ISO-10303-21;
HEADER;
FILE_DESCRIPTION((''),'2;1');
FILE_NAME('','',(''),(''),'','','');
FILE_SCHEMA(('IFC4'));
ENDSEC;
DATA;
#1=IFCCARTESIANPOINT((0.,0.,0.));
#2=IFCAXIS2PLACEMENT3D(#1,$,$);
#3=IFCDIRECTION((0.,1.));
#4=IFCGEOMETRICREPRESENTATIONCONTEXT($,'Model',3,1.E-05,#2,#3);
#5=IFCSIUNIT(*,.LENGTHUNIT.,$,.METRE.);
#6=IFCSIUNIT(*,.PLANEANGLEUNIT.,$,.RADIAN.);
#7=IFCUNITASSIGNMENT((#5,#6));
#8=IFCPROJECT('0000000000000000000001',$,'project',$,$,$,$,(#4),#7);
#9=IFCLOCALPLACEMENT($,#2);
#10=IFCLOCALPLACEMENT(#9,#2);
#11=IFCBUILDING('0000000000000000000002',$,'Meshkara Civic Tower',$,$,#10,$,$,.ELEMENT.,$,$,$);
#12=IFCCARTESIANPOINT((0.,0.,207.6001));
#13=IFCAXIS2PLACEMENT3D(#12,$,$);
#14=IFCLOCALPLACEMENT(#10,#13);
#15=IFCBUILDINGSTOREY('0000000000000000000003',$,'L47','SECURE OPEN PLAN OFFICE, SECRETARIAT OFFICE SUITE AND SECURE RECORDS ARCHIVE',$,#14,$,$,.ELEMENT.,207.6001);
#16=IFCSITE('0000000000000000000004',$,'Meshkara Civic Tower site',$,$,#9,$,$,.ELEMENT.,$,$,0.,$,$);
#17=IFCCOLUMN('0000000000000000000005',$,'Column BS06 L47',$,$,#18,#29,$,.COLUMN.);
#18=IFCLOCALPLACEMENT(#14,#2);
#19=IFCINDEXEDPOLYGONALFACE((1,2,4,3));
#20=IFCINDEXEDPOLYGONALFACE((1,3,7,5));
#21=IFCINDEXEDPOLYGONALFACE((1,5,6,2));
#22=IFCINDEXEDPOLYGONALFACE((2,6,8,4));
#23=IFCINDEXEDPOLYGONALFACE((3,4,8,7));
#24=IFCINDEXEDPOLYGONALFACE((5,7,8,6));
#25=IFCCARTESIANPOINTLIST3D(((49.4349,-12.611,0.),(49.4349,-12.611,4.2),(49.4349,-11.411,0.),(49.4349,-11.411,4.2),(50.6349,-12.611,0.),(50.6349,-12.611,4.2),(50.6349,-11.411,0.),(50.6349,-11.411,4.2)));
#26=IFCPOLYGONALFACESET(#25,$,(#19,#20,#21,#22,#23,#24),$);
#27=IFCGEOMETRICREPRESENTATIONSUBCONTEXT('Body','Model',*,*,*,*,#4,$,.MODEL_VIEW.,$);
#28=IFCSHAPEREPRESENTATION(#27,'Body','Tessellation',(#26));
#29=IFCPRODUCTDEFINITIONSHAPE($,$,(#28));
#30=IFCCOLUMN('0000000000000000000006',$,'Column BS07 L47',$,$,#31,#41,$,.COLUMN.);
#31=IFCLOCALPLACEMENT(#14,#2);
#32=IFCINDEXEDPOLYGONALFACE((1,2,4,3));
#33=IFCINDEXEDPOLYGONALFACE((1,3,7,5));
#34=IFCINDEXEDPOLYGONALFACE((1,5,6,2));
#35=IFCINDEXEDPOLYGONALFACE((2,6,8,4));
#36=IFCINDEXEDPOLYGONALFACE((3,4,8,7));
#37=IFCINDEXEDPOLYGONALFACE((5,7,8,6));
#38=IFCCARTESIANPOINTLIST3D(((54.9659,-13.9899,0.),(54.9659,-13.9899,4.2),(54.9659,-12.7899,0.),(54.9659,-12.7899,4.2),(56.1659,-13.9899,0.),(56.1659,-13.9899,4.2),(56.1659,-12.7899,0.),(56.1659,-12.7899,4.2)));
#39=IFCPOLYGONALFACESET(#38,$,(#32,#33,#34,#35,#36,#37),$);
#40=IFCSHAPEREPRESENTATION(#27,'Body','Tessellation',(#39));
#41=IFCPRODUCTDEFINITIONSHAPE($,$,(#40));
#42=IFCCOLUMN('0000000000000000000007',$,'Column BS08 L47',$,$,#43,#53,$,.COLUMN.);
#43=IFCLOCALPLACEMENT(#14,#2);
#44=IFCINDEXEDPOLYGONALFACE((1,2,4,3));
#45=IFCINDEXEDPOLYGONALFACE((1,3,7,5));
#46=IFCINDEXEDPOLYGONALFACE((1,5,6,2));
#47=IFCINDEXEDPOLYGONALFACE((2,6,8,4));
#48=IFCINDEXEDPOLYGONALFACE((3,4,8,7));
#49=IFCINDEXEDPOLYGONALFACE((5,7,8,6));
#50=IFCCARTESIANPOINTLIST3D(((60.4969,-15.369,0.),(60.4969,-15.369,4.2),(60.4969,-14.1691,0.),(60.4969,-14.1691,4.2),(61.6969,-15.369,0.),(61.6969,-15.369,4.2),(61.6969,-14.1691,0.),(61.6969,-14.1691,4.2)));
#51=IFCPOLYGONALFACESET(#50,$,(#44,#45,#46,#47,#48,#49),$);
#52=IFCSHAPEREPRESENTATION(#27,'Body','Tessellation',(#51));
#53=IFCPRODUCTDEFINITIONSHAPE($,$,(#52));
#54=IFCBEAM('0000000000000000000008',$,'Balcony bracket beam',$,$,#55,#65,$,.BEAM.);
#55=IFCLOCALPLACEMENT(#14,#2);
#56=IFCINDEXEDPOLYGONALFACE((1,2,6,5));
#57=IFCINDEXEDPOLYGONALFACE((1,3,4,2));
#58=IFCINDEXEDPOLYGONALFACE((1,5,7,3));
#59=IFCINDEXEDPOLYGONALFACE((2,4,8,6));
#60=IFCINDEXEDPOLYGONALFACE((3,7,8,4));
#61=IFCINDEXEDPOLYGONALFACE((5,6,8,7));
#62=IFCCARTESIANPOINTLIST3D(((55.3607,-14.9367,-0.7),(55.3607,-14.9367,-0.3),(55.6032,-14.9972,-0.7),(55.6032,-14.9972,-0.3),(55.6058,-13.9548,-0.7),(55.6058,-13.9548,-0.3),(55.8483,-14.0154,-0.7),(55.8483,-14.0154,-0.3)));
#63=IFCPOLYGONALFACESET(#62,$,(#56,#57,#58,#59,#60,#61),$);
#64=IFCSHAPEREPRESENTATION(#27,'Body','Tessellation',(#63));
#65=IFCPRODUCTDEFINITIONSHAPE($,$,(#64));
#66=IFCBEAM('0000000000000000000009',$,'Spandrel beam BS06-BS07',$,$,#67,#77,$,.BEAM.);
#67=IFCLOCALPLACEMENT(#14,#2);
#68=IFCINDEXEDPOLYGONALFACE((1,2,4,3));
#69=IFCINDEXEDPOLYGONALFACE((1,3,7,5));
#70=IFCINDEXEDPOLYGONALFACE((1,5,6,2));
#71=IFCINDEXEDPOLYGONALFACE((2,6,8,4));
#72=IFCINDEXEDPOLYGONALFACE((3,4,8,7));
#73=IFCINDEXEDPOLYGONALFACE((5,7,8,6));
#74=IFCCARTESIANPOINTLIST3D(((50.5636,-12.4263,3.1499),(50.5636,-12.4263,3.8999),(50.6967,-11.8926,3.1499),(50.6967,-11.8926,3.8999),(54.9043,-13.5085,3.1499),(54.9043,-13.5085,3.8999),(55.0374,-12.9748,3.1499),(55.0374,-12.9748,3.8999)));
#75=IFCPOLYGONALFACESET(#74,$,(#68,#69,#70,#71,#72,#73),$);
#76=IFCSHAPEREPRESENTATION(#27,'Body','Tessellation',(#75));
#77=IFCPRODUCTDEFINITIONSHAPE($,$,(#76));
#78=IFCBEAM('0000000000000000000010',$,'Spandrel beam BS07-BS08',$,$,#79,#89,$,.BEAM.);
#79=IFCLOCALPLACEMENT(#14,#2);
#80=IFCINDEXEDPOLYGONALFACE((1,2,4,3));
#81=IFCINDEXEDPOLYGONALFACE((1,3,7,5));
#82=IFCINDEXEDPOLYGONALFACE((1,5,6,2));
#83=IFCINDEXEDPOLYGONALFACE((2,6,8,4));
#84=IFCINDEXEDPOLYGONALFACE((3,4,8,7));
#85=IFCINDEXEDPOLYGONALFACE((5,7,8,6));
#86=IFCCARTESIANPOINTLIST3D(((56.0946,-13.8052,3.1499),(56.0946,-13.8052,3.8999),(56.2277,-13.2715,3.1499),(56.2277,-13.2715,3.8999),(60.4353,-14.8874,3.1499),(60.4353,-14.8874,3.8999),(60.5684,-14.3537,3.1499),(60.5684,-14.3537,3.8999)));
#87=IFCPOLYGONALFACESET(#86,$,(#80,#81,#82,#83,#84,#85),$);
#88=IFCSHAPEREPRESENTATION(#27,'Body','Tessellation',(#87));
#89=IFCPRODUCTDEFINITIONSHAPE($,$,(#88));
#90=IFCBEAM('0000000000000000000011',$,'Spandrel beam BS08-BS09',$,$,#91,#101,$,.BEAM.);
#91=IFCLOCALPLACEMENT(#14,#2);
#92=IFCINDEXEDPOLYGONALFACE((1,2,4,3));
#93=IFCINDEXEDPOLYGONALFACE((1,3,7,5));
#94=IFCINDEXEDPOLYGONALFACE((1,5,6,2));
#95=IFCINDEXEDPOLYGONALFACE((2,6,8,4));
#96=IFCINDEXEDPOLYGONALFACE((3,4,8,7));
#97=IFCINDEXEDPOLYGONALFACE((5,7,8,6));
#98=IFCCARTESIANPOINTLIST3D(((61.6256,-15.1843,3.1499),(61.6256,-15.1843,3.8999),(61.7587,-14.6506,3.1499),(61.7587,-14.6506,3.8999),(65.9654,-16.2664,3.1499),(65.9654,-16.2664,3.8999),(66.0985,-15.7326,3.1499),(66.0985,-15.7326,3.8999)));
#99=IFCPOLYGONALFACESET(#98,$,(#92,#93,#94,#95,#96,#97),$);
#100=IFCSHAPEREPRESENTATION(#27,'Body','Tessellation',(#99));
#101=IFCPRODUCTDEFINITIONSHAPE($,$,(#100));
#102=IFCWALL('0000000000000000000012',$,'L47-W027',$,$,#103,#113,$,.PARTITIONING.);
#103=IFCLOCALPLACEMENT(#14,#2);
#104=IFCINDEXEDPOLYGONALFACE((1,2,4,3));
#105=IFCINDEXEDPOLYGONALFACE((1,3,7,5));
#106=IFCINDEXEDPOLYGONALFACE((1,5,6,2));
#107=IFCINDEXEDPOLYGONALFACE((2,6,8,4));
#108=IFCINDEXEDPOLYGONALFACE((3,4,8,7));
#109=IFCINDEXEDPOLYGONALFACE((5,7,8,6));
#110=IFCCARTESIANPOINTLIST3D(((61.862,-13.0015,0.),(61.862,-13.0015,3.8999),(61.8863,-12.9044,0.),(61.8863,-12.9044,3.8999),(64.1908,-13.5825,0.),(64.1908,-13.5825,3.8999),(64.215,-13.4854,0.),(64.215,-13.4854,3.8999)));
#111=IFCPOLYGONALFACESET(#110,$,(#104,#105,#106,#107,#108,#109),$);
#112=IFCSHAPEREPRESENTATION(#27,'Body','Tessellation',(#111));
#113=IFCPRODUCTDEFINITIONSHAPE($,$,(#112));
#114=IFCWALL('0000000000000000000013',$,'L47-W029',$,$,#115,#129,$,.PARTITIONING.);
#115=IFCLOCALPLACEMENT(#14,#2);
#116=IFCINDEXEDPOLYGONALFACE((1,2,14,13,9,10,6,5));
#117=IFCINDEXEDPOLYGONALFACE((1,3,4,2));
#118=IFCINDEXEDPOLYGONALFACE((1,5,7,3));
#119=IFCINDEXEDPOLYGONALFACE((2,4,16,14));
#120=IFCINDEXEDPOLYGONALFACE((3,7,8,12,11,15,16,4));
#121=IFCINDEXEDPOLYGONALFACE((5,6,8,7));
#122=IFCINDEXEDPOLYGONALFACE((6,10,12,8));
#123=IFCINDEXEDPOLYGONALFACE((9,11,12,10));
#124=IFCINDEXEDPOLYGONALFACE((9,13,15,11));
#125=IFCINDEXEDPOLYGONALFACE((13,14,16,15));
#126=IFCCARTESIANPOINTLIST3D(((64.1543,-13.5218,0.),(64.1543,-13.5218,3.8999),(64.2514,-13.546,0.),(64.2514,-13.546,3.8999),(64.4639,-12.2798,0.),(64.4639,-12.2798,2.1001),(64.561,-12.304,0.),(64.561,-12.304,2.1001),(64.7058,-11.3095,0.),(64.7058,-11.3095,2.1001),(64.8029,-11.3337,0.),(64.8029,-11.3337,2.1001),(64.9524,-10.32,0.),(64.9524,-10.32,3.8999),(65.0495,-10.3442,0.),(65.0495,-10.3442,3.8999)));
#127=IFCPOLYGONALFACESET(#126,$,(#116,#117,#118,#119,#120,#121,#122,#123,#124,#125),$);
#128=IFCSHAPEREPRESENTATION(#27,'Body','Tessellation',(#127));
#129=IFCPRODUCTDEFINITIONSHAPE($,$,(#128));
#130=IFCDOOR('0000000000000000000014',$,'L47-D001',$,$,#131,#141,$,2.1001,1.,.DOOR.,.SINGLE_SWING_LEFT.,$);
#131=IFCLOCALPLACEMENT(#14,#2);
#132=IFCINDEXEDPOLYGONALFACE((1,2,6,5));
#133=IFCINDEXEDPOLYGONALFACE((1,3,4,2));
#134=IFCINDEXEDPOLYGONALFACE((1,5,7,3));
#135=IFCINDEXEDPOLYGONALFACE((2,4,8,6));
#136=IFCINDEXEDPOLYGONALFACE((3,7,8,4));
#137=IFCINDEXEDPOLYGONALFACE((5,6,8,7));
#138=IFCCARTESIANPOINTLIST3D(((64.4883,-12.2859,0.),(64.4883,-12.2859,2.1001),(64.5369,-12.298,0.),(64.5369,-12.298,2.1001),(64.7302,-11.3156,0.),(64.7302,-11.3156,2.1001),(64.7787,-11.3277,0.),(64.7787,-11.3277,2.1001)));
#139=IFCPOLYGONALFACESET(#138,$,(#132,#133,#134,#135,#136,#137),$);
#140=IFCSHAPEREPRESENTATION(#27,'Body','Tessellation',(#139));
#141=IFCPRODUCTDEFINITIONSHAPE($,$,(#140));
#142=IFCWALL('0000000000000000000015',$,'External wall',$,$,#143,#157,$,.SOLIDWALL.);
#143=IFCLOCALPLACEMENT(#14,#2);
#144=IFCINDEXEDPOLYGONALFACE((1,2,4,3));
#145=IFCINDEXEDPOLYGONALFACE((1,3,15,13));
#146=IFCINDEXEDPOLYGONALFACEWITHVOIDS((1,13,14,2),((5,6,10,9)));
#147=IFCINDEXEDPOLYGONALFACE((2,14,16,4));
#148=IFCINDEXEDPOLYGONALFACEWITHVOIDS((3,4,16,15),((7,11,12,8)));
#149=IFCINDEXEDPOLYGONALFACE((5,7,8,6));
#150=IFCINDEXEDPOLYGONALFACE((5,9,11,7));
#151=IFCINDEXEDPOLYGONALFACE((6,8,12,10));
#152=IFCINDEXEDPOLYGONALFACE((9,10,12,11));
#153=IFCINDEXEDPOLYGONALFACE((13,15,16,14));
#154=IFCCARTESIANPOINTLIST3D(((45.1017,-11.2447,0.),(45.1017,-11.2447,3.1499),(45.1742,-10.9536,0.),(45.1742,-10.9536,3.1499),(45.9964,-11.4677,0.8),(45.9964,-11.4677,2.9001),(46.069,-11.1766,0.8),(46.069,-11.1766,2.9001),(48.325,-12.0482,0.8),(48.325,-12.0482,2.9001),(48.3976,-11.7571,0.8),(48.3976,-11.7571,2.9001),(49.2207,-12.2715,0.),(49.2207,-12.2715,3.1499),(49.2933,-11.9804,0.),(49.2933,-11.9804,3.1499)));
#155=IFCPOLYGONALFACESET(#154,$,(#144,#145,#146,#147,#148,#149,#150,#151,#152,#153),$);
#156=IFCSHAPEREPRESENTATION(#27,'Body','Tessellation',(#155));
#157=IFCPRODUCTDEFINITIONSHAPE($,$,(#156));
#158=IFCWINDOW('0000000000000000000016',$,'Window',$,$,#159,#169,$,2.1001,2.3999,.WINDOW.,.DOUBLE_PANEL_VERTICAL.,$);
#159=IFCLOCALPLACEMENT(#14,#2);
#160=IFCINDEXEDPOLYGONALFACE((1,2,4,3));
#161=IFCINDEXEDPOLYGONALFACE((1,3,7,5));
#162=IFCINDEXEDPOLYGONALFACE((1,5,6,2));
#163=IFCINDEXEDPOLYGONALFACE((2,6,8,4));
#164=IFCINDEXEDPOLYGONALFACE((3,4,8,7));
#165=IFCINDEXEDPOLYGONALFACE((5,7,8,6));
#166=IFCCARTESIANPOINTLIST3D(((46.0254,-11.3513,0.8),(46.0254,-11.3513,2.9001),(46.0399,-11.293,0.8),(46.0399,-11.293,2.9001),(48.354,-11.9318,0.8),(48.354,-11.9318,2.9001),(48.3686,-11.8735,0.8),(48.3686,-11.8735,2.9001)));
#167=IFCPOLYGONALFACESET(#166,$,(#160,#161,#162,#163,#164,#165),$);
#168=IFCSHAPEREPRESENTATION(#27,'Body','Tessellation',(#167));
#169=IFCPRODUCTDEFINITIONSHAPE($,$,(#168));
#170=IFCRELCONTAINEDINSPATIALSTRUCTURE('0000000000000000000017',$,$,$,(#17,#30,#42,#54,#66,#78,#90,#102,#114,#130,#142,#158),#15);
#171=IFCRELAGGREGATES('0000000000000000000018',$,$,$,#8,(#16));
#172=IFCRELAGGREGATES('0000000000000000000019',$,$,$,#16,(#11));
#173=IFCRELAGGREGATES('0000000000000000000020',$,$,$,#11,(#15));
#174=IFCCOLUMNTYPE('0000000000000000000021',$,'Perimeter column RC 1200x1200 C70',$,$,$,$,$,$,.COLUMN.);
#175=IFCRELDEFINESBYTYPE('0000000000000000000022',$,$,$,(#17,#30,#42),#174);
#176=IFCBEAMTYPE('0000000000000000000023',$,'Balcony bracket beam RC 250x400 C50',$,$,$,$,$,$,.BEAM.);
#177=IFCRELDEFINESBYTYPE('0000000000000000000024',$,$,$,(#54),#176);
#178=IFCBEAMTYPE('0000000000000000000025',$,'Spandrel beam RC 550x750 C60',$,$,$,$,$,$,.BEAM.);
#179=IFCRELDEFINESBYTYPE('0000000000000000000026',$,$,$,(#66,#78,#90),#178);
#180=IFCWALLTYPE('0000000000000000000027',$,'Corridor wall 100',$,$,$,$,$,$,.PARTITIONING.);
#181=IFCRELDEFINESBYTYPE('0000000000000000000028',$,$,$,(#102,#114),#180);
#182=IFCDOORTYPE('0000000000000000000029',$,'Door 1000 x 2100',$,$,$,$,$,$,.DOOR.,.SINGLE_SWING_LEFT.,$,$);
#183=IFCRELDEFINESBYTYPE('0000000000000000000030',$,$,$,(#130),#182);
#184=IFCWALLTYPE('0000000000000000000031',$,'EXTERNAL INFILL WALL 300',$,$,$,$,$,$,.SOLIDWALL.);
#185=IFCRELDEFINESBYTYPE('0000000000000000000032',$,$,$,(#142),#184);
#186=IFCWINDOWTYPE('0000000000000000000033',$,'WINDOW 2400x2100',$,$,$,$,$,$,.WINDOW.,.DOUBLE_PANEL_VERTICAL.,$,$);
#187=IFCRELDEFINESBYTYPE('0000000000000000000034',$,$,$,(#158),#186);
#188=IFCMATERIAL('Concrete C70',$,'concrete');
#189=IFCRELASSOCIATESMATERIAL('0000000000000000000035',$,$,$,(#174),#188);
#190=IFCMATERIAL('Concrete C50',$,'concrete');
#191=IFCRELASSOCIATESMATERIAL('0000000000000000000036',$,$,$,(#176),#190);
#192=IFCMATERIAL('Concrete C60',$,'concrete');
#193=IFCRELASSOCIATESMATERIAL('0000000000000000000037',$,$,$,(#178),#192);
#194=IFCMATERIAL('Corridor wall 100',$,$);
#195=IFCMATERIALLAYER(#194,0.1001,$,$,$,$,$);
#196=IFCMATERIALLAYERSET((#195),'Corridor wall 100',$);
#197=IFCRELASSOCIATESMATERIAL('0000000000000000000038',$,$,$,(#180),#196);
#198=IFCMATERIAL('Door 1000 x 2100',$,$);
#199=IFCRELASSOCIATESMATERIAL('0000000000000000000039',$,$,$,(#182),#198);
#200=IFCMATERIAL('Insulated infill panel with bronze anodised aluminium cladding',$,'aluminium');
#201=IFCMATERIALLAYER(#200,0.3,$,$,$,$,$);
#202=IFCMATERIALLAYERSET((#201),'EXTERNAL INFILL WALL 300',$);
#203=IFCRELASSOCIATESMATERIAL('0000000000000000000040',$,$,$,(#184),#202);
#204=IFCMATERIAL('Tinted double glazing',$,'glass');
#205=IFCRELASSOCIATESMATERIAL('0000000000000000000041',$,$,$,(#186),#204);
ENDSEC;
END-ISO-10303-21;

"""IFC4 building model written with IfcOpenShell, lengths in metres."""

from ifc_helpers import new_model, si_unit, direction, frame, frame_2d, origin, origin_2d, place, context, subcontext, project, spatial, rectangle, extrude, material, layer, layer_set, material_profile, profile_set, type_object, element, fill, save


model = new_model("IFC4")

# Units and contexts
model_context = context("Model", 3, precision=1e-05, world=origin(), true_north=direction((0.0, 1.0)))
body_context = subcontext(model_context, "Body", "Model", "MODEL_VIEW")
ifc_project = project(units=[si_unit("LENGTHUNIT", "METRE"), si_unit("PLANEANGLEUNIT", "RADIAN")], contexts=[model_context])

# Site, building, storey
site_placement = place(None, origin())
site = spatial("IfcSite", under=ifc_project, at=site_placement, Name="Meshkara Civic Tower site", CompositionType="ELEMENT", RefElevation=0.0)
building_placement = place(site_placement, origin())
building = spatial("IfcBuilding", under=site, at=building_placement, Name="Meshkara Civic Tower", CompositionType="ELEMENT")
storey_placement = place(building_placement, frame((0.0, 0.0, 207.6001)))
storey = spatial("IfcBuildingStorey", under=building, at=storey_placement, Name="L47", Description="SECURE OPEN PLAN OFFICE, SECRETARIAT OFFICE SUITE AND SECURE RECORDS ARCHIVE", CompositionType="ELEMENT", Elevation=207.6001)

# Columns
ifc_material_1 = material(Name="Concrete C70", Category="concrete")
ifc_material_profile_1 = material_profile(ifc_material_1, rectangle(XDim=1.2, YDim=1.2, at=origin_2d()))
ifc_profile_set_1 = profile_set([ifc_material_profile_1], Name="Concrete C70")
column_type = type_object("IfcColumnType", Name="Perimeter column RC 1200x1200 C70", PredefinedType="COLUMN", material=ifc_profile_set_1)
for number, where, z_axis, x_axis, name in (
    (1, (50.0349, -12.011, 0.0), (0.0, 0.0, 1.0), (1.0, 0.0, 0.0), "Column BS06 L47"),
    (2, (55.5659, -13.3899, 0.0), (0.0, 0.0, 1.0), (1.0, 0.0, 0.0), "Column BS07 L47"),
    (3, (61.0969, -14.769, 0.0), (0.0, 0.0, 1.0), (1.0, 0.0, 0.0), "Column BS08 L47"),
):
    element("IfcColumn", number, at=place(storey_placement, frame(where, z_axis=z_axis, x_axis=x_axis)), inside=storey, type_object=column_type, Name=name, PredefinedType="COLUMN", context=body_context, shape_type="SweptSolid", body=[
        extrude(rectangle(XDim=1.2, YDim=1.2, at=origin_2d()), origin(), (0.0, 0.0, 1.0), 4.2),
    ])

# Beams
ifc_material_2 = material(Name="Concrete C50", Category="concrete")
ifc_material_profile_2 = material_profile(ifc_material_2, rectangle(XDim=0.25, YDim=0.3999, at=origin_2d()))
ifc_profile_set_2 = profile_set([ifc_material_profile_2], Name="Concrete C50")
beam_type_1 = type_object("IfcBeamType", Name="Balcony bracket beam RC 250x400 C50", PredefinedType="BEAM", material=ifc_profile_set_2)
beam_1_placement = place(storey_placement, frame((55.7271, -13.9851, -0.5), z_axis=(-0.242195, -0.970228, 0.0), x_axis=(0.970228, -0.242195, 0.0)))
element("IfcBeam", 4, at=beam_1_placement, inside=storey, type_object=beam_type_1, Name="Balcony bracket beam", PredefinedType="BEAM", context=body_context, shape_type="SweptSolid", body=[
    extrude(rectangle(XDim=0.25, YDim=0.3999, at=origin_2d()), origin(), (0.0, 0.0, 1.0), 1.012),
])
ifc_material_3 = material(Name="Concrete C60", Category="concrete")
ifc_material_profile_3 = material_profile(ifc_material_3, rectangle(XDim=0.55, YDim=0.75, at=origin_2d()))
ifc_profile_set_3 = profile_set([ifc_material_profile_3], Name="Concrete C60")
beam_type_2 = type_object("IfcBeamType", Name="Spandrel beam RC 550x750 C60", PredefinedType="BEAM", material=ifc_profile_set_3)
for number, where, z_axis, x_axis, name in (
    (5, (50.6301, -12.1594, 3.5249), (0.970296, -0.241919, 0.0), (0.241919, 0.970296, 0.0), "Spandrel beam BS06-BS07"),
    (6, (56.1611, -13.5383, 3.5249), (0.970296, -0.241919, 0.0), (0.241919, 0.970296, 0.0), "Spandrel beam BS07-BS08"),
):
    element("IfcBeam", number, at=place(storey_placement, frame(where, z_axis=z_axis, x_axis=x_axis)), inside=storey, type_object=beam_type_2, Name=name, PredefinedType="BEAM", context=body_context, shape_type="SweptSolid", body=[
        extrude(rectangle(XDim=0.55, YDim=0.75, at=origin_2d()), origin(), (0.0, 0.0, 1.0), 4.4736),
    ])
beam_2_placement = place(storey_placement, frame((61.6921, -14.9175, 3.5249), z_axis=(0.970296, -0.241919, 0.0), x_axis=(0.241919, 0.970296, 0.0)))
element("IfcBeam", 7, at=beam_2_placement, inside=storey, type_object=beam_type_2, Name="Spandrel beam BS08-BS09", PredefinedType="BEAM", context=body_context, shape_type="SweptSolid", body=[
    extrude(rectangle(XDim=0.55, YDim=0.75, at=origin_2d()), origin(), (0.0, 0.0, 1.0), 4.4727),
])

# Wall
ifc_material_4 = material(Name="Corridor wall 100")
ifc_layer_1 = layer(ifc_material_4, 0.1001)
ifc_layer_set_1 = layer_set([ifc_layer_1], Name="Corridor wall 100")
wall_type_1 = type_object("IfcWallType", Name="Corridor wall 100", PredefinedType="PARTITIONING", material=ifc_layer_set_1)
wall_1_placement = place(storey_placement, frame((61.874, -12.9529, 0.0), z_axis=(0.0, 0.0, 1.0), x_axis=(0.970256, -0.242081, 0.0)))
element("IfcWall", 8, at=wall_1_placement, inside=storey, type_object=wall_type_1, Name="L47-W027", PredefinedType="PARTITIONING", context=body_context, shape_type="SweptSolid", body=[
    extrude(rectangle(XDim=2.4001, YDim=0.1001, at=frame_2d((1.2002, 0.0))), origin(), (0.0, 0.0, 1.0), 3.8999),
])

# Wall, opening, door
wall_2_placement = place(storey_placement, frame((64.2029, -13.5339, 0.0), z_axis=(0.0, 0.0, 1.0), x_axis=(0.241857, 0.970312, 0.0)))
wall_2 = element("IfcWall", 9, at=wall_2_placement, inside=storey, type_object=wall_type_1, Name="L47-W029", PredefinedType="PARTITIONING", context=body_context, shape_type="SweptSolid", body=[
    extrude(rectangle(XDim=3.2998, YDim=0.1001, at=frame_2d((1.6499, 0.0))), origin(), (0.0, 0.0, 1.0), 3.8999),
])
opening_1_placement = place(wall_2_placement, frame((1.28, 0.0, 0.0)))
opening_1 = element("IfcOpeningElement", 10, at=opening_1_placement, cuts=wall_2, PredefinedType="OPENING", context=body_context, shape_type="SweptSolid", body=[
    extrude(rectangle(XDim=1.0, YDim=2.1001, at=frame_2d((0.5, 1.05))), frame((0.0, 0.0601, 0.0), z_axis=(0.0, -1.0, 0.0), x_axis=(1.0, 0.0, 0.0)), (0.0, 0.0, 1.0), 0.1201),
])
ifc_material_5 = material(Name="Door 1000 x 2100")
door_type_1 = type_object("IfcDoorType", Name="Door 1000 x 2100", OperationType="SINGLE_SWING_LEFT", PredefinedType="DOOR", material=ifc_material_5)
door_1_placement = place(opening_1_placement, origin())
door_1 = element("IfcDoor", 11, at=door_1_placement, inside=storey, type_object=door_type_1, Name="L47-D001", OperationType="SINGLE_SWING_LEFT", OverallHeight=2.1001, OverallWidth=1.0, PredefinedType="DOOR", context=body_context, shape_type="SweptSolid", body=[
    extrude(rectangle(XDim=1.0, YDim=2.1001, at=frame_2d((0.5, 1.05))), frame((0.0, 0.0249, 0.0), z_axis=(0.0, -1.0, 0.0), x_axis=(1.0, 0.0, 0.0)), (0.0, 0.0, 1.0), 0.05),
])
fill(opening_1, door_1)

# Wall, opening, window
ifc_material_6 = material(Name="Insulated infill panel with bronze anodised aluminium cladding", Category="aluminium")
ifc_layer_2 = layer(ifc_material_6, 0.3)
ifc_layer_set_2 = layer_set([ifc_layer_2], Name="EXTERNAL INFILL WALL 300")
wall_type_2 = type_object("IfcWallType", Name="EXTERNAL INFILL WALL 300", PredefinedType="SOLIDWALL", material=ifc_layer_set_2)
wall_3_placement = place(storey_placement, frame((45.1379, -11.0991, 0.0), z_axis=(0.0, 0.0, 1.0), x_axis=(0.970305, -0.241886, 0.0)))
wall_3 = element("IfcWall", 12, at=wall_3_placement, inside=storey, type_object=wall_type_2, Name="External wall", PredefinedType="SOLIDWALL", context=body_context, shape_type="SweptSolid", body=[
    extrude(rectangle(XDim=4.2451, YDim=0.3, at=frame_2d((2.1226, 0.0))), origin(), (0.0, 0.0, 1.0), 3.1499),
])
opening_2_placement = place(wall_3_placement, frame((0.9221, 0.0, 0.8)))
opening_2 = element("IfcOpeningElement", 13, at=opening_2_placement, cuts=wall_3, PredefinedType="OPENING", context=body_context, shape_type="SweptSolid", body=[
    extrude(rectangle(XDim=2.3999, YDim=2.1001, at=frame_2d((1.2, 1.05))), frame((0.0, 0.1599, 0.0), z_axis=(0.0, -1.0, 0.0), x_axis=(1.0, 0.0, 0.0)), (0.0, 0.0, 1.0), 0.3201),
])
ifc_material_7 = material(Name="Tinted double glazing", Category="glass")
window_type = type_object("IfcWindowType", Name="WINDOW 2400x2100", PartitioningType="DOUBLE_PANEL_VERTICAL", PredefinedType="WINDOW", material=ifc_material_7)
window_1_placement = place(opening_2_placement, origin())
window_1 = element("IfcWindow", 14, at=window_1_placement, inside=storey, type_object=window_type, Name="Window", OverallHeight=2.1001, OverallWidth=2.3999, PartitioningType="DOUBLE_PANEL_VERTICAL", PredefinedType="WINDOW", context=body_context, shape_type="SweptSolid", body=[
    extrude(rectangle(XDim=2.3999, YDim=2.1001, at=frame_2d((1.2, 1.05))), frame((0.0, 0.03, 0.0), z_axis=(0.0, -1.0, 0.0), x_axis=(1.0, 0.0, 0.0)), (0.0, 0.0, 1.0), 0.0601),
])
fill(opening_2, window_1)

save(model, "model.ifc")
